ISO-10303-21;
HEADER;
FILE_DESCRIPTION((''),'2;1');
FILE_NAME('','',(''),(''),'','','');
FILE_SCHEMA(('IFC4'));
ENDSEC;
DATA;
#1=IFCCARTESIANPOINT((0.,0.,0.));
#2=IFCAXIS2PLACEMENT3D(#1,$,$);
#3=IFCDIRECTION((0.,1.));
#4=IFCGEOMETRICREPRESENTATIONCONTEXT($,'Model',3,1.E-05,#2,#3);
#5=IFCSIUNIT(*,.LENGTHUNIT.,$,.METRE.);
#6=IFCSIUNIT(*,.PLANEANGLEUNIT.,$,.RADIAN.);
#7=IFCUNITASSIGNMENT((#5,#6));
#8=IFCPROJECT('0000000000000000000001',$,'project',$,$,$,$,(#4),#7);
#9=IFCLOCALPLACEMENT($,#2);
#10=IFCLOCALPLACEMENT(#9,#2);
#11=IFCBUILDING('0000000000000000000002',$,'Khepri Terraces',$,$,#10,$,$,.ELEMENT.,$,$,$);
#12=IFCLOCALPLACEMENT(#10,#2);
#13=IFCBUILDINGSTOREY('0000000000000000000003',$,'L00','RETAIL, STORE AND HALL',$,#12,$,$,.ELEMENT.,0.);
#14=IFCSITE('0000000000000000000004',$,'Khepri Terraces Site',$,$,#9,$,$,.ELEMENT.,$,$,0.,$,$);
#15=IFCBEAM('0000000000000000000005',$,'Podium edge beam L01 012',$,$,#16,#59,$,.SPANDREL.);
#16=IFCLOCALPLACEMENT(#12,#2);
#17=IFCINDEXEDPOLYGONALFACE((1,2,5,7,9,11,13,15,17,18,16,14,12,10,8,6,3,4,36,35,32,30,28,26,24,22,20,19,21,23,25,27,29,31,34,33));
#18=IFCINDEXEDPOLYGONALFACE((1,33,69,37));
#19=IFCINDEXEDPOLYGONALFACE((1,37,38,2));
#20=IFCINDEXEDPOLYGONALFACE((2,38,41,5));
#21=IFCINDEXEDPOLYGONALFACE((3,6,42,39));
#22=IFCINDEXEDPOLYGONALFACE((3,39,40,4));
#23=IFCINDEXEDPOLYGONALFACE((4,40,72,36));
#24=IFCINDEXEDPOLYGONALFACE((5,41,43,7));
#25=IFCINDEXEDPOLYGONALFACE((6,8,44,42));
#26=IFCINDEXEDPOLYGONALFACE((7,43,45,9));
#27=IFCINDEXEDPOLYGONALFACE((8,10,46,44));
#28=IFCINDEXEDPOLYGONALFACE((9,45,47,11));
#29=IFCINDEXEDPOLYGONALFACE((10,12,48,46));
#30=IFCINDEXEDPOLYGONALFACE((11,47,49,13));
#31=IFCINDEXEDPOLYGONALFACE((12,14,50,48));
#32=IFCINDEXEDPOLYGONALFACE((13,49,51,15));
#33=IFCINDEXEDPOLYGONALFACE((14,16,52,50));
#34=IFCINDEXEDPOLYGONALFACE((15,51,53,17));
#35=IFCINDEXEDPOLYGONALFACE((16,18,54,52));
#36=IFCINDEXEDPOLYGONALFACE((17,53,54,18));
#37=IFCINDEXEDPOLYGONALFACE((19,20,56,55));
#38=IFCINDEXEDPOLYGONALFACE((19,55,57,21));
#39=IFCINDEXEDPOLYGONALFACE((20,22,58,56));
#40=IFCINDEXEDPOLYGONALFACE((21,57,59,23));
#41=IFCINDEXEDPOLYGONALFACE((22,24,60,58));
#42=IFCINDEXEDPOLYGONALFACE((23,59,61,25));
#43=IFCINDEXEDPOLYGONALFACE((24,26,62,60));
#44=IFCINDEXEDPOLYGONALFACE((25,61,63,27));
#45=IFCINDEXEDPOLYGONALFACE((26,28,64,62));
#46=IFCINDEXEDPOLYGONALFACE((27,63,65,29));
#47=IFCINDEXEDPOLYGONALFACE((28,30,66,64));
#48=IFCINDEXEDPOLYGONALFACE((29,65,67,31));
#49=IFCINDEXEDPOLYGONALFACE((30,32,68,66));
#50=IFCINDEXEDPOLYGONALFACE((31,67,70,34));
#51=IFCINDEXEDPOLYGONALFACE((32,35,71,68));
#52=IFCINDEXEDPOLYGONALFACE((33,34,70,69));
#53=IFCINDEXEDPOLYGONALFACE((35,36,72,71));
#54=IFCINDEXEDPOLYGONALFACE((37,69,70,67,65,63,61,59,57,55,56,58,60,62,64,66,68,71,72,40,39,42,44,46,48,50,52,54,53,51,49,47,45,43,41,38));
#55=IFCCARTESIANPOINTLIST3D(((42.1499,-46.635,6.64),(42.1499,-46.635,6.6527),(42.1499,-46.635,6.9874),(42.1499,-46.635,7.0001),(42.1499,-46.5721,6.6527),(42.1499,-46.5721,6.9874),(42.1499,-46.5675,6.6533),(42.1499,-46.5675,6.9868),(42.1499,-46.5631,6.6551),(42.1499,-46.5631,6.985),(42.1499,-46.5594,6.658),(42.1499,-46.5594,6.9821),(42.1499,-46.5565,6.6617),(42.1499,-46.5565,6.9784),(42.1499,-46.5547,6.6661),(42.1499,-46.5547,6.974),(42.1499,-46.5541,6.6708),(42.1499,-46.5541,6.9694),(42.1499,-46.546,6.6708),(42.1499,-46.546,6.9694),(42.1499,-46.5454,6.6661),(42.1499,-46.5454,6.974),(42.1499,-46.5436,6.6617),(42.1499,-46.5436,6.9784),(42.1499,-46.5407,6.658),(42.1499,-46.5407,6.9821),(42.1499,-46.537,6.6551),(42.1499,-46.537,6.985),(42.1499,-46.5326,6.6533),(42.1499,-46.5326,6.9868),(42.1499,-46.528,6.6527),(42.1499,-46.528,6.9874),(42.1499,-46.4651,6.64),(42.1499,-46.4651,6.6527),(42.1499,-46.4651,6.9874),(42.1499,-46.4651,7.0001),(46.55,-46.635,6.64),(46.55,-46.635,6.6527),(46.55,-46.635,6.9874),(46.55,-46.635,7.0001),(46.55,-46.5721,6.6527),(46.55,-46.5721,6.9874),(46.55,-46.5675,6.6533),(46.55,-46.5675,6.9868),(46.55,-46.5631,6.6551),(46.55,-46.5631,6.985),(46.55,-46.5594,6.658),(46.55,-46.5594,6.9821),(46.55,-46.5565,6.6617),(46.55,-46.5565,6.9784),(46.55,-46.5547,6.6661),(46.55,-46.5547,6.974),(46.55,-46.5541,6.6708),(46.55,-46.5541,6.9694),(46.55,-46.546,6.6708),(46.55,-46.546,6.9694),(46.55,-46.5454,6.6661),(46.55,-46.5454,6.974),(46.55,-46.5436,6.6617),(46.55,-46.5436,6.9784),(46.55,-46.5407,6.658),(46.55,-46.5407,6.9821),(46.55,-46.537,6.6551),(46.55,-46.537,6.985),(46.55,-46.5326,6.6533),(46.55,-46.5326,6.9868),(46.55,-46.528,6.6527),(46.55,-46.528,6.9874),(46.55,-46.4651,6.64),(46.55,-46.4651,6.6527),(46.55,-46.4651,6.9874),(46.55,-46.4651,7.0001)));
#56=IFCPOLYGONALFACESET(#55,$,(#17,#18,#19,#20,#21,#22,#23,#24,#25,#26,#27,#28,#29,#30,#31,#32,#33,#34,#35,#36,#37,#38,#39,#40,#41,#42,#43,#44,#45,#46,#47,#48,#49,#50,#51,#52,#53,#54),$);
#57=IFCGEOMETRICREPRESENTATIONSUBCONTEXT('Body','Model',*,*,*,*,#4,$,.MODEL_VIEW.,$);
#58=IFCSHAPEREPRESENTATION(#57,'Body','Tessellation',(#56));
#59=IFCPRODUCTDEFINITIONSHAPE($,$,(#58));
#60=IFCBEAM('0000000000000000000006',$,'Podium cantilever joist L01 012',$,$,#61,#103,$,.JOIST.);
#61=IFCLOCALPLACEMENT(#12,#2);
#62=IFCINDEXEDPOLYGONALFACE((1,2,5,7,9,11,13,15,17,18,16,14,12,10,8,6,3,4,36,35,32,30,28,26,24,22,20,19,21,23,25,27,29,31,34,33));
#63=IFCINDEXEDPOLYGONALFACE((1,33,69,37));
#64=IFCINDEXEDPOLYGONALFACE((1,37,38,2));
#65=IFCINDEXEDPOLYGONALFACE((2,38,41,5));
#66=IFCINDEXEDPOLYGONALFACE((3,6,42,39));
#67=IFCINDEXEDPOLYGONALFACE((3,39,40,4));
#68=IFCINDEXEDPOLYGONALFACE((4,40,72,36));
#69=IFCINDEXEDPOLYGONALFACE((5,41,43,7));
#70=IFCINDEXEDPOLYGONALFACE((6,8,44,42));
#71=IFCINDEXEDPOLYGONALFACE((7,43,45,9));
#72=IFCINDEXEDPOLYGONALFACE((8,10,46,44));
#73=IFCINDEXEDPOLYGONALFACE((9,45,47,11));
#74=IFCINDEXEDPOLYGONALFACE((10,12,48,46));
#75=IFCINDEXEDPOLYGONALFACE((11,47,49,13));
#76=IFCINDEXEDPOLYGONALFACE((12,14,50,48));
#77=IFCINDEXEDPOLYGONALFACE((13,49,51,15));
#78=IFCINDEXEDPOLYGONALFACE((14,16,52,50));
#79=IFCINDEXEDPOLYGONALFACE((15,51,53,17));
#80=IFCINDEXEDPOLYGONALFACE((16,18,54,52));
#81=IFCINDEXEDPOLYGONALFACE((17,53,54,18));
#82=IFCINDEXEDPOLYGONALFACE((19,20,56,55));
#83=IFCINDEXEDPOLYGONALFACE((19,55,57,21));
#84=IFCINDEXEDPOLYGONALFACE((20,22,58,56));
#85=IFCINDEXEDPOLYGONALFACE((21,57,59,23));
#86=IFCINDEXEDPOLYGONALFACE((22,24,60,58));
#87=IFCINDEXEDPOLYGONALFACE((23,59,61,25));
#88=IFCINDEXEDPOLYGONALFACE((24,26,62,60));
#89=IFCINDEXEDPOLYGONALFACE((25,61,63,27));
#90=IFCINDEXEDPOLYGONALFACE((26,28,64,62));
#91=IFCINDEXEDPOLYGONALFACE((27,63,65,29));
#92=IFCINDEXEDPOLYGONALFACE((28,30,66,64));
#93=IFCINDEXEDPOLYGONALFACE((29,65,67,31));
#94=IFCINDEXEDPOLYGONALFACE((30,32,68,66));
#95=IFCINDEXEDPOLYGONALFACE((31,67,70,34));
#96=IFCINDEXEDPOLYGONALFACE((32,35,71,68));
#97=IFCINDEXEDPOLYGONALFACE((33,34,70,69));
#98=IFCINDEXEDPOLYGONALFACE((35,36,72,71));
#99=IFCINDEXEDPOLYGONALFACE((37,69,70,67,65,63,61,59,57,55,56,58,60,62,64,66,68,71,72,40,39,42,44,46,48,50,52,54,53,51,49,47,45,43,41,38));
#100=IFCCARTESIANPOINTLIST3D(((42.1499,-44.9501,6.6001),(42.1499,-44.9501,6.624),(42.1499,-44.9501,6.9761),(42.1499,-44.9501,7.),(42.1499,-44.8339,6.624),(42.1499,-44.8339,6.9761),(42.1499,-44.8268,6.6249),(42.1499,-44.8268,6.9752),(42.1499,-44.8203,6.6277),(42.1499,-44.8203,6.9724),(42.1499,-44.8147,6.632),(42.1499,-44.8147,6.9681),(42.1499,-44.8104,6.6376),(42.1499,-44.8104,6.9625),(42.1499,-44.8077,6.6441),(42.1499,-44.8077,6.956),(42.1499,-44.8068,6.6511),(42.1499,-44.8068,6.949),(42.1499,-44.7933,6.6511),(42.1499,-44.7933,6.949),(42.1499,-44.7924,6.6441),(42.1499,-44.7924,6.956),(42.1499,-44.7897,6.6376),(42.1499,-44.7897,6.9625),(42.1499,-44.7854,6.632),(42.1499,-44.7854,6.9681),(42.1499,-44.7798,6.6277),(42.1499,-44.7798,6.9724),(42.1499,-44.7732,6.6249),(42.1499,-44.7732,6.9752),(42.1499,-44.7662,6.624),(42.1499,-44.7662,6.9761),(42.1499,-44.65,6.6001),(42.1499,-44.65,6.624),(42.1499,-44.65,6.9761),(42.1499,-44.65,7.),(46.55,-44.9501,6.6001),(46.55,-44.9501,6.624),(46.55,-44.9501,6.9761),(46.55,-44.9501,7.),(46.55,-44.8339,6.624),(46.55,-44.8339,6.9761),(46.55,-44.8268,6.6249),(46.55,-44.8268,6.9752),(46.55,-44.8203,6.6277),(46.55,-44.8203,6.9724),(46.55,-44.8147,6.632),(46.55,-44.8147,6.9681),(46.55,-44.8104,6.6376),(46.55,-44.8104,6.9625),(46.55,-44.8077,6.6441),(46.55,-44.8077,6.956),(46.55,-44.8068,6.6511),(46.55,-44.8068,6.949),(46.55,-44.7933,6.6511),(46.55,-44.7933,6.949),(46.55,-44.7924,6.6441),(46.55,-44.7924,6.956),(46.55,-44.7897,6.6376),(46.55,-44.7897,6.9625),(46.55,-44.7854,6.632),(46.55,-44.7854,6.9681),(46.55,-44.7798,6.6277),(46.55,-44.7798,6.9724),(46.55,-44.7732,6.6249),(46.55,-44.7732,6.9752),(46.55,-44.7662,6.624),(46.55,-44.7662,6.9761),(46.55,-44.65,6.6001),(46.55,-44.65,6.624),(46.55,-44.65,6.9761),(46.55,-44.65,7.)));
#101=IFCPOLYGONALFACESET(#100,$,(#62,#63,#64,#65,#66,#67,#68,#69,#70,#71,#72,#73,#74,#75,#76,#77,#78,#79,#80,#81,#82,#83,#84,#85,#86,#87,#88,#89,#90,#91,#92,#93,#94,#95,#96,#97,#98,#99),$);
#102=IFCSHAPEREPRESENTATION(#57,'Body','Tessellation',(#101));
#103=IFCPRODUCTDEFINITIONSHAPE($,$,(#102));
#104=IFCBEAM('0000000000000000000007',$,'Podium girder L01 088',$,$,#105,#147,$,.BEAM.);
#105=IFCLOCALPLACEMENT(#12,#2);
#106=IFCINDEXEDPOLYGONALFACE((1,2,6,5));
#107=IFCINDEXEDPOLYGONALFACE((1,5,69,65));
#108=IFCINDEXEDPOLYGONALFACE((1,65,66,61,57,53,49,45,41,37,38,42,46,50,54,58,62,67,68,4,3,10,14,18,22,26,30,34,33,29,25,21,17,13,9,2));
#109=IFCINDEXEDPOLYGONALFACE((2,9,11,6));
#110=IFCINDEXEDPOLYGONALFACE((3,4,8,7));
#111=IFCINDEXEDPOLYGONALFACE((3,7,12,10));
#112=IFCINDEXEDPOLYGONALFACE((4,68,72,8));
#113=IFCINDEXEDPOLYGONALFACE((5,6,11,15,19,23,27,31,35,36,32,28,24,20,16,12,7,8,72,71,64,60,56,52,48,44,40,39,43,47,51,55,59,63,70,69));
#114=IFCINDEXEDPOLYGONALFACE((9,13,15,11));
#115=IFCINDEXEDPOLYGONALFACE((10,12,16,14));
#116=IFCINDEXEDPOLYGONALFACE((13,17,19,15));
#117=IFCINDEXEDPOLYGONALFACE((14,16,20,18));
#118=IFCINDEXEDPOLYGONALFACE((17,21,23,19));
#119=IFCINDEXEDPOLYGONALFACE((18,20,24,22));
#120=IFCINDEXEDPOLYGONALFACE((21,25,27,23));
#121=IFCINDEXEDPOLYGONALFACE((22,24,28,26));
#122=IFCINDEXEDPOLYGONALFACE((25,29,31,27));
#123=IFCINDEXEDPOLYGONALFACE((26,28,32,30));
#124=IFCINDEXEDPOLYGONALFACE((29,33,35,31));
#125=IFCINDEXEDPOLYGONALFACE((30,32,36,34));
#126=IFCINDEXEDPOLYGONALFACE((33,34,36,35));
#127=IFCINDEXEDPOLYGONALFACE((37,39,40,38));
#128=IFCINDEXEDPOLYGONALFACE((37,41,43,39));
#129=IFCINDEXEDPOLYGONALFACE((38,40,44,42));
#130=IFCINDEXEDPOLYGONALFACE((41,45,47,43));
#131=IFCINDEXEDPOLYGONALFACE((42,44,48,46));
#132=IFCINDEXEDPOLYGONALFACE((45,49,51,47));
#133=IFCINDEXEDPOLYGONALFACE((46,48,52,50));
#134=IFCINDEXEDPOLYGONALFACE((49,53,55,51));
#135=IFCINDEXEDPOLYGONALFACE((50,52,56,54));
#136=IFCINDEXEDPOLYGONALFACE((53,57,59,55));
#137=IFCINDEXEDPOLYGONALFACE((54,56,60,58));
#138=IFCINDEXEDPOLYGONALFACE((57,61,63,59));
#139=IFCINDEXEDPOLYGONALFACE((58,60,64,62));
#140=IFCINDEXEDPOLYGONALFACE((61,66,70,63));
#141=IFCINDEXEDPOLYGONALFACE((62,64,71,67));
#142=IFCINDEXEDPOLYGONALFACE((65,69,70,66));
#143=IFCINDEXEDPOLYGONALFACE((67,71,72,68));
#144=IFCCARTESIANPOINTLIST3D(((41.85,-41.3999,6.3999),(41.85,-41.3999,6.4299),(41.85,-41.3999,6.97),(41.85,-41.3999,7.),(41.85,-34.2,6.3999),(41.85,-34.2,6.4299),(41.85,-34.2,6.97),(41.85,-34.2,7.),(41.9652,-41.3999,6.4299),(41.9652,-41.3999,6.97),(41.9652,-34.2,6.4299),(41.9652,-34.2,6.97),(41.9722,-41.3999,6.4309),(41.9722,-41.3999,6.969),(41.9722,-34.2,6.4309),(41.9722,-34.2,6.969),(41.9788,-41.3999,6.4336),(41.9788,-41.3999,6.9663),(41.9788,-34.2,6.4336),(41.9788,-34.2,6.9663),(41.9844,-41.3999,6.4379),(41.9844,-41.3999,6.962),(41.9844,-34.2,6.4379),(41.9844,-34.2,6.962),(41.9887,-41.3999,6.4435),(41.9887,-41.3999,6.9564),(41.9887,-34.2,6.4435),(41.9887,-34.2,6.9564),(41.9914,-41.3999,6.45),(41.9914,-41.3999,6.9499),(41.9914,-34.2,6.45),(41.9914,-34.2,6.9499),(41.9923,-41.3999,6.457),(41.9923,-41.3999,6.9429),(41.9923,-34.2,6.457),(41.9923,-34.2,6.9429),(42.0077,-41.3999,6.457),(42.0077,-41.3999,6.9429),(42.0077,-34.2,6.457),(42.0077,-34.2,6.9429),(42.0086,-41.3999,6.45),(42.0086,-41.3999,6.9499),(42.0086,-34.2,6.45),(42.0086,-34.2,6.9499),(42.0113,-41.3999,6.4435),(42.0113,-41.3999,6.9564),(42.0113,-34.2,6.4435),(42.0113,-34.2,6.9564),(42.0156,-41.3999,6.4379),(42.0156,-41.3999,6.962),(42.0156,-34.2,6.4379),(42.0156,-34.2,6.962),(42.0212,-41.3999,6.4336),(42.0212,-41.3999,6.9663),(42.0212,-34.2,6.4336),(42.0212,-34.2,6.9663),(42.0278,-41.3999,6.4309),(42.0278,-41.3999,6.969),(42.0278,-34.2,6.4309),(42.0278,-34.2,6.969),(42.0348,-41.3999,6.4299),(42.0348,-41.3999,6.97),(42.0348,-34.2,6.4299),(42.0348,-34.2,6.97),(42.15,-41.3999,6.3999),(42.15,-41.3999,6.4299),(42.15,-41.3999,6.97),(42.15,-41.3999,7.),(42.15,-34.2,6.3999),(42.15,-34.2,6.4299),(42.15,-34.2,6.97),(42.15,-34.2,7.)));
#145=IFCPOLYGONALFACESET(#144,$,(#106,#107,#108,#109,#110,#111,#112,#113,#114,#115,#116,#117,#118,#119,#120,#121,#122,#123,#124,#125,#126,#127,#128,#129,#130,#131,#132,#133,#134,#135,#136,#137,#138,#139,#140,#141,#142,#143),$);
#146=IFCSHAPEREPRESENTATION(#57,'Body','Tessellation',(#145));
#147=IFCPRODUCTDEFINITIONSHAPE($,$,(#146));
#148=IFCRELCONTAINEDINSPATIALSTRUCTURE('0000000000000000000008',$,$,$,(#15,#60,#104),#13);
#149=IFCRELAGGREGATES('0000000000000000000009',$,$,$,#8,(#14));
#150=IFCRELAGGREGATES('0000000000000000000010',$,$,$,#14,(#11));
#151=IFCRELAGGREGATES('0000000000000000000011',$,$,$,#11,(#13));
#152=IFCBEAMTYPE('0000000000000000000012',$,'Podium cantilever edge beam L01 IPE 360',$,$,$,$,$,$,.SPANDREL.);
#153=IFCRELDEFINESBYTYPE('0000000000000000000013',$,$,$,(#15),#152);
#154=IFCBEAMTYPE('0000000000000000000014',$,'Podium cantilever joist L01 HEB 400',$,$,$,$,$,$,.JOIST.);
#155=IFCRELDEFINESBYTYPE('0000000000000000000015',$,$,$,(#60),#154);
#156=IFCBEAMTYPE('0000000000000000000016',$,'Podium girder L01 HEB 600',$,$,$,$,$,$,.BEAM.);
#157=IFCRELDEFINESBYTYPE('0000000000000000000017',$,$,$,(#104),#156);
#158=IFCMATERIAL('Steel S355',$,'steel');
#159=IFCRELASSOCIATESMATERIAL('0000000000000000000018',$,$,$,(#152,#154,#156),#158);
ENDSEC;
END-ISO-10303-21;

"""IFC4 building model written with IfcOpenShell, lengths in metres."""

from ifc_helpers import new_model, si_unit, direction, frame, origin, origin_2d, place, context, subcontext, project, spatial, i_section, extrude, material, material_profile, profile_set, type_object, element, save


model = new_model("IFC4")

# Units and contexts
model_context = context("Model", 3, precision=1e-05, world=origin(), true_north=direction((0.0, 1.0)))
body_context = subcontext(model_context, "Body", "Model", "MODEL_VIEW")
ifc_project = project(units=[si_unit("LENGTHUNIT", "METRE"), si_unit("PLANEANGLEUNIT", "RADIAN")], contexts=[model_context])

# Site, building, storey
site_placement = place(None, origin())
site = spatial("IfcSite", under=ifc_project, at=site_placement, Name="Khepri Terraces Site", CompositionType="ELEMENT", RefElevation=0.0)
building_placement = place(site_placement, origin())
building = spatial("IfcBuilding", under=site, at=building_placement, Name="Khepri Terraces", CompositionType="ELEMENT")
storey_placement = place(building_placement, origin())
storey = spatial("IfcBuildingStorey", under=building, at=storey_placement, Name="L00", Description="RETAIL, STORE AND HALL", CompositionType="ELEMENT", Elevation=0.0)

# Beams
ifc_material_1 = material(Name="Steel S355", Category="steel")
ifc_material_profile_1 = material_profile(ifc_material_1, i_section(OverallWidth=0.1699, OverallDepth=0.3601, WebThickness=0.0081, FlangeThickness=0.0127, FilletRadius=0.0181, at=origin_2d()), Name="Steel S355", Category="steel")
ifc_profile_set_1 = profile_set([ifc_material_profile_1], Name="Steel S355")
beam_type_1 = type_object("IfcBeamType", Name="Podium cantilever edge beam L01 IPE 360", PredefinedType="SPANDREL", material=ifc_profile_set_1)
beam_1_placement = place(storey_placement, frame((42.1499, -46.55, 6.8201), z_axis=(1.0, 0.0, 0.0), x_axis=(0.0, 1.0, 0.0)))
element("IfcBeam", 1, at=beam_1_placement, inside=storey, type_object=beam_type_1, Name="Podium edge beam L01 012", PredefinedType="SPANDREL", context=body_context, shape_type="SweptSolid", body=[
    extrude(i_section(OverallWidth=0.1699, OverallDepth=0.3601, WebThickness=0.0081, FlangeThickness=0.0127, FilletRadius=0.0181, at=origin_2d()), origin(), (0.0, 0.0, 1.0), 4.4001),
])
ifc_material_profile_2 = material_profile(ifc_material_1, i_section(OverallWidth=0.3, OverallDepth=0.3999, WebThickness=0.0134, FlangeThickness=0.0239, FilletRadius=0.0271, at=origin_2d()), Name="Steel S355", Category="steel")
ifc_profile_set_2 = profile_set([ifc_material_profile_2], Name="Steel S355")
beam_type_2 = type_object("IfcBeamType", Name="Podium cantilever joist L01 HEB 400", PredefinedType="JOIST", material=ifc_profile_set_2)
beam_2_placement = place(storey_placement, frame((42.1499, -44.8, 6.8), z_axis=(1.0, 0.0, 0.0), x_axis=(0.0, 1.0, 0.0)))
element("IfcBeam", 2, at=beam_2_placement, inside=storey, type_object=beam_type_2, Name="Podium cantilever joist L01 012", PredefinedType="JOIST", context=body_context, shape_type="SweptSolid", body=[
    extrude(i_section(OverallWidth=0.3, OverallDepth=0.3999, WebThickness=0.0134, FlangeThickness=0.0239, FilletRadius=0.0271, at=origin_2d()), origin(), (0.0, 0.0, 1.0), 4.4001),
])
ifc_material_profile_3 = material_profile(ifc_material_1, i_section(OverallWidth=0.3, OverallDepth=0.6001, WebThickness=0.0154, FlangeThickness=0.03, FilletRadius=0.0271, at=origin_2d()), Name="Steel S355", Category="steel")
ifc_profile_set_3 = profile_set([ifc_material_profile_3], Name="Steel S355")
beam_type_3 = type_object("IfcBeamType", Name="Podium girder L01 HEB 600", PredefinedType="BEAM", material=ifc_profile_set_3)
beam_3_placement = place(storey_placement, frame((42.0, -41.3999, 6.7), z_axis=(0.0, 1.0, 0.0), x_axis=(-1.0, 0.0, 0.0)))
element("IfcBeam", 3, at=beam_3_placement, inside=storey, type_object=beam_type_3, Name="Podium girder L01 088", PredefinedType="BEAM", context=body_context, shape_type="SweptSolid", body=[
    extrude(i_section(OverallWidth=0.3, OverallDepth=0.6001, WebThickness=0.0154, FlangeThickness=0.03, FilletRadius=0.0271, at=origin_2d()), origin(), (0.0, 0.0, 1.0), 7.2),
])

save(model, "model.ifc")
